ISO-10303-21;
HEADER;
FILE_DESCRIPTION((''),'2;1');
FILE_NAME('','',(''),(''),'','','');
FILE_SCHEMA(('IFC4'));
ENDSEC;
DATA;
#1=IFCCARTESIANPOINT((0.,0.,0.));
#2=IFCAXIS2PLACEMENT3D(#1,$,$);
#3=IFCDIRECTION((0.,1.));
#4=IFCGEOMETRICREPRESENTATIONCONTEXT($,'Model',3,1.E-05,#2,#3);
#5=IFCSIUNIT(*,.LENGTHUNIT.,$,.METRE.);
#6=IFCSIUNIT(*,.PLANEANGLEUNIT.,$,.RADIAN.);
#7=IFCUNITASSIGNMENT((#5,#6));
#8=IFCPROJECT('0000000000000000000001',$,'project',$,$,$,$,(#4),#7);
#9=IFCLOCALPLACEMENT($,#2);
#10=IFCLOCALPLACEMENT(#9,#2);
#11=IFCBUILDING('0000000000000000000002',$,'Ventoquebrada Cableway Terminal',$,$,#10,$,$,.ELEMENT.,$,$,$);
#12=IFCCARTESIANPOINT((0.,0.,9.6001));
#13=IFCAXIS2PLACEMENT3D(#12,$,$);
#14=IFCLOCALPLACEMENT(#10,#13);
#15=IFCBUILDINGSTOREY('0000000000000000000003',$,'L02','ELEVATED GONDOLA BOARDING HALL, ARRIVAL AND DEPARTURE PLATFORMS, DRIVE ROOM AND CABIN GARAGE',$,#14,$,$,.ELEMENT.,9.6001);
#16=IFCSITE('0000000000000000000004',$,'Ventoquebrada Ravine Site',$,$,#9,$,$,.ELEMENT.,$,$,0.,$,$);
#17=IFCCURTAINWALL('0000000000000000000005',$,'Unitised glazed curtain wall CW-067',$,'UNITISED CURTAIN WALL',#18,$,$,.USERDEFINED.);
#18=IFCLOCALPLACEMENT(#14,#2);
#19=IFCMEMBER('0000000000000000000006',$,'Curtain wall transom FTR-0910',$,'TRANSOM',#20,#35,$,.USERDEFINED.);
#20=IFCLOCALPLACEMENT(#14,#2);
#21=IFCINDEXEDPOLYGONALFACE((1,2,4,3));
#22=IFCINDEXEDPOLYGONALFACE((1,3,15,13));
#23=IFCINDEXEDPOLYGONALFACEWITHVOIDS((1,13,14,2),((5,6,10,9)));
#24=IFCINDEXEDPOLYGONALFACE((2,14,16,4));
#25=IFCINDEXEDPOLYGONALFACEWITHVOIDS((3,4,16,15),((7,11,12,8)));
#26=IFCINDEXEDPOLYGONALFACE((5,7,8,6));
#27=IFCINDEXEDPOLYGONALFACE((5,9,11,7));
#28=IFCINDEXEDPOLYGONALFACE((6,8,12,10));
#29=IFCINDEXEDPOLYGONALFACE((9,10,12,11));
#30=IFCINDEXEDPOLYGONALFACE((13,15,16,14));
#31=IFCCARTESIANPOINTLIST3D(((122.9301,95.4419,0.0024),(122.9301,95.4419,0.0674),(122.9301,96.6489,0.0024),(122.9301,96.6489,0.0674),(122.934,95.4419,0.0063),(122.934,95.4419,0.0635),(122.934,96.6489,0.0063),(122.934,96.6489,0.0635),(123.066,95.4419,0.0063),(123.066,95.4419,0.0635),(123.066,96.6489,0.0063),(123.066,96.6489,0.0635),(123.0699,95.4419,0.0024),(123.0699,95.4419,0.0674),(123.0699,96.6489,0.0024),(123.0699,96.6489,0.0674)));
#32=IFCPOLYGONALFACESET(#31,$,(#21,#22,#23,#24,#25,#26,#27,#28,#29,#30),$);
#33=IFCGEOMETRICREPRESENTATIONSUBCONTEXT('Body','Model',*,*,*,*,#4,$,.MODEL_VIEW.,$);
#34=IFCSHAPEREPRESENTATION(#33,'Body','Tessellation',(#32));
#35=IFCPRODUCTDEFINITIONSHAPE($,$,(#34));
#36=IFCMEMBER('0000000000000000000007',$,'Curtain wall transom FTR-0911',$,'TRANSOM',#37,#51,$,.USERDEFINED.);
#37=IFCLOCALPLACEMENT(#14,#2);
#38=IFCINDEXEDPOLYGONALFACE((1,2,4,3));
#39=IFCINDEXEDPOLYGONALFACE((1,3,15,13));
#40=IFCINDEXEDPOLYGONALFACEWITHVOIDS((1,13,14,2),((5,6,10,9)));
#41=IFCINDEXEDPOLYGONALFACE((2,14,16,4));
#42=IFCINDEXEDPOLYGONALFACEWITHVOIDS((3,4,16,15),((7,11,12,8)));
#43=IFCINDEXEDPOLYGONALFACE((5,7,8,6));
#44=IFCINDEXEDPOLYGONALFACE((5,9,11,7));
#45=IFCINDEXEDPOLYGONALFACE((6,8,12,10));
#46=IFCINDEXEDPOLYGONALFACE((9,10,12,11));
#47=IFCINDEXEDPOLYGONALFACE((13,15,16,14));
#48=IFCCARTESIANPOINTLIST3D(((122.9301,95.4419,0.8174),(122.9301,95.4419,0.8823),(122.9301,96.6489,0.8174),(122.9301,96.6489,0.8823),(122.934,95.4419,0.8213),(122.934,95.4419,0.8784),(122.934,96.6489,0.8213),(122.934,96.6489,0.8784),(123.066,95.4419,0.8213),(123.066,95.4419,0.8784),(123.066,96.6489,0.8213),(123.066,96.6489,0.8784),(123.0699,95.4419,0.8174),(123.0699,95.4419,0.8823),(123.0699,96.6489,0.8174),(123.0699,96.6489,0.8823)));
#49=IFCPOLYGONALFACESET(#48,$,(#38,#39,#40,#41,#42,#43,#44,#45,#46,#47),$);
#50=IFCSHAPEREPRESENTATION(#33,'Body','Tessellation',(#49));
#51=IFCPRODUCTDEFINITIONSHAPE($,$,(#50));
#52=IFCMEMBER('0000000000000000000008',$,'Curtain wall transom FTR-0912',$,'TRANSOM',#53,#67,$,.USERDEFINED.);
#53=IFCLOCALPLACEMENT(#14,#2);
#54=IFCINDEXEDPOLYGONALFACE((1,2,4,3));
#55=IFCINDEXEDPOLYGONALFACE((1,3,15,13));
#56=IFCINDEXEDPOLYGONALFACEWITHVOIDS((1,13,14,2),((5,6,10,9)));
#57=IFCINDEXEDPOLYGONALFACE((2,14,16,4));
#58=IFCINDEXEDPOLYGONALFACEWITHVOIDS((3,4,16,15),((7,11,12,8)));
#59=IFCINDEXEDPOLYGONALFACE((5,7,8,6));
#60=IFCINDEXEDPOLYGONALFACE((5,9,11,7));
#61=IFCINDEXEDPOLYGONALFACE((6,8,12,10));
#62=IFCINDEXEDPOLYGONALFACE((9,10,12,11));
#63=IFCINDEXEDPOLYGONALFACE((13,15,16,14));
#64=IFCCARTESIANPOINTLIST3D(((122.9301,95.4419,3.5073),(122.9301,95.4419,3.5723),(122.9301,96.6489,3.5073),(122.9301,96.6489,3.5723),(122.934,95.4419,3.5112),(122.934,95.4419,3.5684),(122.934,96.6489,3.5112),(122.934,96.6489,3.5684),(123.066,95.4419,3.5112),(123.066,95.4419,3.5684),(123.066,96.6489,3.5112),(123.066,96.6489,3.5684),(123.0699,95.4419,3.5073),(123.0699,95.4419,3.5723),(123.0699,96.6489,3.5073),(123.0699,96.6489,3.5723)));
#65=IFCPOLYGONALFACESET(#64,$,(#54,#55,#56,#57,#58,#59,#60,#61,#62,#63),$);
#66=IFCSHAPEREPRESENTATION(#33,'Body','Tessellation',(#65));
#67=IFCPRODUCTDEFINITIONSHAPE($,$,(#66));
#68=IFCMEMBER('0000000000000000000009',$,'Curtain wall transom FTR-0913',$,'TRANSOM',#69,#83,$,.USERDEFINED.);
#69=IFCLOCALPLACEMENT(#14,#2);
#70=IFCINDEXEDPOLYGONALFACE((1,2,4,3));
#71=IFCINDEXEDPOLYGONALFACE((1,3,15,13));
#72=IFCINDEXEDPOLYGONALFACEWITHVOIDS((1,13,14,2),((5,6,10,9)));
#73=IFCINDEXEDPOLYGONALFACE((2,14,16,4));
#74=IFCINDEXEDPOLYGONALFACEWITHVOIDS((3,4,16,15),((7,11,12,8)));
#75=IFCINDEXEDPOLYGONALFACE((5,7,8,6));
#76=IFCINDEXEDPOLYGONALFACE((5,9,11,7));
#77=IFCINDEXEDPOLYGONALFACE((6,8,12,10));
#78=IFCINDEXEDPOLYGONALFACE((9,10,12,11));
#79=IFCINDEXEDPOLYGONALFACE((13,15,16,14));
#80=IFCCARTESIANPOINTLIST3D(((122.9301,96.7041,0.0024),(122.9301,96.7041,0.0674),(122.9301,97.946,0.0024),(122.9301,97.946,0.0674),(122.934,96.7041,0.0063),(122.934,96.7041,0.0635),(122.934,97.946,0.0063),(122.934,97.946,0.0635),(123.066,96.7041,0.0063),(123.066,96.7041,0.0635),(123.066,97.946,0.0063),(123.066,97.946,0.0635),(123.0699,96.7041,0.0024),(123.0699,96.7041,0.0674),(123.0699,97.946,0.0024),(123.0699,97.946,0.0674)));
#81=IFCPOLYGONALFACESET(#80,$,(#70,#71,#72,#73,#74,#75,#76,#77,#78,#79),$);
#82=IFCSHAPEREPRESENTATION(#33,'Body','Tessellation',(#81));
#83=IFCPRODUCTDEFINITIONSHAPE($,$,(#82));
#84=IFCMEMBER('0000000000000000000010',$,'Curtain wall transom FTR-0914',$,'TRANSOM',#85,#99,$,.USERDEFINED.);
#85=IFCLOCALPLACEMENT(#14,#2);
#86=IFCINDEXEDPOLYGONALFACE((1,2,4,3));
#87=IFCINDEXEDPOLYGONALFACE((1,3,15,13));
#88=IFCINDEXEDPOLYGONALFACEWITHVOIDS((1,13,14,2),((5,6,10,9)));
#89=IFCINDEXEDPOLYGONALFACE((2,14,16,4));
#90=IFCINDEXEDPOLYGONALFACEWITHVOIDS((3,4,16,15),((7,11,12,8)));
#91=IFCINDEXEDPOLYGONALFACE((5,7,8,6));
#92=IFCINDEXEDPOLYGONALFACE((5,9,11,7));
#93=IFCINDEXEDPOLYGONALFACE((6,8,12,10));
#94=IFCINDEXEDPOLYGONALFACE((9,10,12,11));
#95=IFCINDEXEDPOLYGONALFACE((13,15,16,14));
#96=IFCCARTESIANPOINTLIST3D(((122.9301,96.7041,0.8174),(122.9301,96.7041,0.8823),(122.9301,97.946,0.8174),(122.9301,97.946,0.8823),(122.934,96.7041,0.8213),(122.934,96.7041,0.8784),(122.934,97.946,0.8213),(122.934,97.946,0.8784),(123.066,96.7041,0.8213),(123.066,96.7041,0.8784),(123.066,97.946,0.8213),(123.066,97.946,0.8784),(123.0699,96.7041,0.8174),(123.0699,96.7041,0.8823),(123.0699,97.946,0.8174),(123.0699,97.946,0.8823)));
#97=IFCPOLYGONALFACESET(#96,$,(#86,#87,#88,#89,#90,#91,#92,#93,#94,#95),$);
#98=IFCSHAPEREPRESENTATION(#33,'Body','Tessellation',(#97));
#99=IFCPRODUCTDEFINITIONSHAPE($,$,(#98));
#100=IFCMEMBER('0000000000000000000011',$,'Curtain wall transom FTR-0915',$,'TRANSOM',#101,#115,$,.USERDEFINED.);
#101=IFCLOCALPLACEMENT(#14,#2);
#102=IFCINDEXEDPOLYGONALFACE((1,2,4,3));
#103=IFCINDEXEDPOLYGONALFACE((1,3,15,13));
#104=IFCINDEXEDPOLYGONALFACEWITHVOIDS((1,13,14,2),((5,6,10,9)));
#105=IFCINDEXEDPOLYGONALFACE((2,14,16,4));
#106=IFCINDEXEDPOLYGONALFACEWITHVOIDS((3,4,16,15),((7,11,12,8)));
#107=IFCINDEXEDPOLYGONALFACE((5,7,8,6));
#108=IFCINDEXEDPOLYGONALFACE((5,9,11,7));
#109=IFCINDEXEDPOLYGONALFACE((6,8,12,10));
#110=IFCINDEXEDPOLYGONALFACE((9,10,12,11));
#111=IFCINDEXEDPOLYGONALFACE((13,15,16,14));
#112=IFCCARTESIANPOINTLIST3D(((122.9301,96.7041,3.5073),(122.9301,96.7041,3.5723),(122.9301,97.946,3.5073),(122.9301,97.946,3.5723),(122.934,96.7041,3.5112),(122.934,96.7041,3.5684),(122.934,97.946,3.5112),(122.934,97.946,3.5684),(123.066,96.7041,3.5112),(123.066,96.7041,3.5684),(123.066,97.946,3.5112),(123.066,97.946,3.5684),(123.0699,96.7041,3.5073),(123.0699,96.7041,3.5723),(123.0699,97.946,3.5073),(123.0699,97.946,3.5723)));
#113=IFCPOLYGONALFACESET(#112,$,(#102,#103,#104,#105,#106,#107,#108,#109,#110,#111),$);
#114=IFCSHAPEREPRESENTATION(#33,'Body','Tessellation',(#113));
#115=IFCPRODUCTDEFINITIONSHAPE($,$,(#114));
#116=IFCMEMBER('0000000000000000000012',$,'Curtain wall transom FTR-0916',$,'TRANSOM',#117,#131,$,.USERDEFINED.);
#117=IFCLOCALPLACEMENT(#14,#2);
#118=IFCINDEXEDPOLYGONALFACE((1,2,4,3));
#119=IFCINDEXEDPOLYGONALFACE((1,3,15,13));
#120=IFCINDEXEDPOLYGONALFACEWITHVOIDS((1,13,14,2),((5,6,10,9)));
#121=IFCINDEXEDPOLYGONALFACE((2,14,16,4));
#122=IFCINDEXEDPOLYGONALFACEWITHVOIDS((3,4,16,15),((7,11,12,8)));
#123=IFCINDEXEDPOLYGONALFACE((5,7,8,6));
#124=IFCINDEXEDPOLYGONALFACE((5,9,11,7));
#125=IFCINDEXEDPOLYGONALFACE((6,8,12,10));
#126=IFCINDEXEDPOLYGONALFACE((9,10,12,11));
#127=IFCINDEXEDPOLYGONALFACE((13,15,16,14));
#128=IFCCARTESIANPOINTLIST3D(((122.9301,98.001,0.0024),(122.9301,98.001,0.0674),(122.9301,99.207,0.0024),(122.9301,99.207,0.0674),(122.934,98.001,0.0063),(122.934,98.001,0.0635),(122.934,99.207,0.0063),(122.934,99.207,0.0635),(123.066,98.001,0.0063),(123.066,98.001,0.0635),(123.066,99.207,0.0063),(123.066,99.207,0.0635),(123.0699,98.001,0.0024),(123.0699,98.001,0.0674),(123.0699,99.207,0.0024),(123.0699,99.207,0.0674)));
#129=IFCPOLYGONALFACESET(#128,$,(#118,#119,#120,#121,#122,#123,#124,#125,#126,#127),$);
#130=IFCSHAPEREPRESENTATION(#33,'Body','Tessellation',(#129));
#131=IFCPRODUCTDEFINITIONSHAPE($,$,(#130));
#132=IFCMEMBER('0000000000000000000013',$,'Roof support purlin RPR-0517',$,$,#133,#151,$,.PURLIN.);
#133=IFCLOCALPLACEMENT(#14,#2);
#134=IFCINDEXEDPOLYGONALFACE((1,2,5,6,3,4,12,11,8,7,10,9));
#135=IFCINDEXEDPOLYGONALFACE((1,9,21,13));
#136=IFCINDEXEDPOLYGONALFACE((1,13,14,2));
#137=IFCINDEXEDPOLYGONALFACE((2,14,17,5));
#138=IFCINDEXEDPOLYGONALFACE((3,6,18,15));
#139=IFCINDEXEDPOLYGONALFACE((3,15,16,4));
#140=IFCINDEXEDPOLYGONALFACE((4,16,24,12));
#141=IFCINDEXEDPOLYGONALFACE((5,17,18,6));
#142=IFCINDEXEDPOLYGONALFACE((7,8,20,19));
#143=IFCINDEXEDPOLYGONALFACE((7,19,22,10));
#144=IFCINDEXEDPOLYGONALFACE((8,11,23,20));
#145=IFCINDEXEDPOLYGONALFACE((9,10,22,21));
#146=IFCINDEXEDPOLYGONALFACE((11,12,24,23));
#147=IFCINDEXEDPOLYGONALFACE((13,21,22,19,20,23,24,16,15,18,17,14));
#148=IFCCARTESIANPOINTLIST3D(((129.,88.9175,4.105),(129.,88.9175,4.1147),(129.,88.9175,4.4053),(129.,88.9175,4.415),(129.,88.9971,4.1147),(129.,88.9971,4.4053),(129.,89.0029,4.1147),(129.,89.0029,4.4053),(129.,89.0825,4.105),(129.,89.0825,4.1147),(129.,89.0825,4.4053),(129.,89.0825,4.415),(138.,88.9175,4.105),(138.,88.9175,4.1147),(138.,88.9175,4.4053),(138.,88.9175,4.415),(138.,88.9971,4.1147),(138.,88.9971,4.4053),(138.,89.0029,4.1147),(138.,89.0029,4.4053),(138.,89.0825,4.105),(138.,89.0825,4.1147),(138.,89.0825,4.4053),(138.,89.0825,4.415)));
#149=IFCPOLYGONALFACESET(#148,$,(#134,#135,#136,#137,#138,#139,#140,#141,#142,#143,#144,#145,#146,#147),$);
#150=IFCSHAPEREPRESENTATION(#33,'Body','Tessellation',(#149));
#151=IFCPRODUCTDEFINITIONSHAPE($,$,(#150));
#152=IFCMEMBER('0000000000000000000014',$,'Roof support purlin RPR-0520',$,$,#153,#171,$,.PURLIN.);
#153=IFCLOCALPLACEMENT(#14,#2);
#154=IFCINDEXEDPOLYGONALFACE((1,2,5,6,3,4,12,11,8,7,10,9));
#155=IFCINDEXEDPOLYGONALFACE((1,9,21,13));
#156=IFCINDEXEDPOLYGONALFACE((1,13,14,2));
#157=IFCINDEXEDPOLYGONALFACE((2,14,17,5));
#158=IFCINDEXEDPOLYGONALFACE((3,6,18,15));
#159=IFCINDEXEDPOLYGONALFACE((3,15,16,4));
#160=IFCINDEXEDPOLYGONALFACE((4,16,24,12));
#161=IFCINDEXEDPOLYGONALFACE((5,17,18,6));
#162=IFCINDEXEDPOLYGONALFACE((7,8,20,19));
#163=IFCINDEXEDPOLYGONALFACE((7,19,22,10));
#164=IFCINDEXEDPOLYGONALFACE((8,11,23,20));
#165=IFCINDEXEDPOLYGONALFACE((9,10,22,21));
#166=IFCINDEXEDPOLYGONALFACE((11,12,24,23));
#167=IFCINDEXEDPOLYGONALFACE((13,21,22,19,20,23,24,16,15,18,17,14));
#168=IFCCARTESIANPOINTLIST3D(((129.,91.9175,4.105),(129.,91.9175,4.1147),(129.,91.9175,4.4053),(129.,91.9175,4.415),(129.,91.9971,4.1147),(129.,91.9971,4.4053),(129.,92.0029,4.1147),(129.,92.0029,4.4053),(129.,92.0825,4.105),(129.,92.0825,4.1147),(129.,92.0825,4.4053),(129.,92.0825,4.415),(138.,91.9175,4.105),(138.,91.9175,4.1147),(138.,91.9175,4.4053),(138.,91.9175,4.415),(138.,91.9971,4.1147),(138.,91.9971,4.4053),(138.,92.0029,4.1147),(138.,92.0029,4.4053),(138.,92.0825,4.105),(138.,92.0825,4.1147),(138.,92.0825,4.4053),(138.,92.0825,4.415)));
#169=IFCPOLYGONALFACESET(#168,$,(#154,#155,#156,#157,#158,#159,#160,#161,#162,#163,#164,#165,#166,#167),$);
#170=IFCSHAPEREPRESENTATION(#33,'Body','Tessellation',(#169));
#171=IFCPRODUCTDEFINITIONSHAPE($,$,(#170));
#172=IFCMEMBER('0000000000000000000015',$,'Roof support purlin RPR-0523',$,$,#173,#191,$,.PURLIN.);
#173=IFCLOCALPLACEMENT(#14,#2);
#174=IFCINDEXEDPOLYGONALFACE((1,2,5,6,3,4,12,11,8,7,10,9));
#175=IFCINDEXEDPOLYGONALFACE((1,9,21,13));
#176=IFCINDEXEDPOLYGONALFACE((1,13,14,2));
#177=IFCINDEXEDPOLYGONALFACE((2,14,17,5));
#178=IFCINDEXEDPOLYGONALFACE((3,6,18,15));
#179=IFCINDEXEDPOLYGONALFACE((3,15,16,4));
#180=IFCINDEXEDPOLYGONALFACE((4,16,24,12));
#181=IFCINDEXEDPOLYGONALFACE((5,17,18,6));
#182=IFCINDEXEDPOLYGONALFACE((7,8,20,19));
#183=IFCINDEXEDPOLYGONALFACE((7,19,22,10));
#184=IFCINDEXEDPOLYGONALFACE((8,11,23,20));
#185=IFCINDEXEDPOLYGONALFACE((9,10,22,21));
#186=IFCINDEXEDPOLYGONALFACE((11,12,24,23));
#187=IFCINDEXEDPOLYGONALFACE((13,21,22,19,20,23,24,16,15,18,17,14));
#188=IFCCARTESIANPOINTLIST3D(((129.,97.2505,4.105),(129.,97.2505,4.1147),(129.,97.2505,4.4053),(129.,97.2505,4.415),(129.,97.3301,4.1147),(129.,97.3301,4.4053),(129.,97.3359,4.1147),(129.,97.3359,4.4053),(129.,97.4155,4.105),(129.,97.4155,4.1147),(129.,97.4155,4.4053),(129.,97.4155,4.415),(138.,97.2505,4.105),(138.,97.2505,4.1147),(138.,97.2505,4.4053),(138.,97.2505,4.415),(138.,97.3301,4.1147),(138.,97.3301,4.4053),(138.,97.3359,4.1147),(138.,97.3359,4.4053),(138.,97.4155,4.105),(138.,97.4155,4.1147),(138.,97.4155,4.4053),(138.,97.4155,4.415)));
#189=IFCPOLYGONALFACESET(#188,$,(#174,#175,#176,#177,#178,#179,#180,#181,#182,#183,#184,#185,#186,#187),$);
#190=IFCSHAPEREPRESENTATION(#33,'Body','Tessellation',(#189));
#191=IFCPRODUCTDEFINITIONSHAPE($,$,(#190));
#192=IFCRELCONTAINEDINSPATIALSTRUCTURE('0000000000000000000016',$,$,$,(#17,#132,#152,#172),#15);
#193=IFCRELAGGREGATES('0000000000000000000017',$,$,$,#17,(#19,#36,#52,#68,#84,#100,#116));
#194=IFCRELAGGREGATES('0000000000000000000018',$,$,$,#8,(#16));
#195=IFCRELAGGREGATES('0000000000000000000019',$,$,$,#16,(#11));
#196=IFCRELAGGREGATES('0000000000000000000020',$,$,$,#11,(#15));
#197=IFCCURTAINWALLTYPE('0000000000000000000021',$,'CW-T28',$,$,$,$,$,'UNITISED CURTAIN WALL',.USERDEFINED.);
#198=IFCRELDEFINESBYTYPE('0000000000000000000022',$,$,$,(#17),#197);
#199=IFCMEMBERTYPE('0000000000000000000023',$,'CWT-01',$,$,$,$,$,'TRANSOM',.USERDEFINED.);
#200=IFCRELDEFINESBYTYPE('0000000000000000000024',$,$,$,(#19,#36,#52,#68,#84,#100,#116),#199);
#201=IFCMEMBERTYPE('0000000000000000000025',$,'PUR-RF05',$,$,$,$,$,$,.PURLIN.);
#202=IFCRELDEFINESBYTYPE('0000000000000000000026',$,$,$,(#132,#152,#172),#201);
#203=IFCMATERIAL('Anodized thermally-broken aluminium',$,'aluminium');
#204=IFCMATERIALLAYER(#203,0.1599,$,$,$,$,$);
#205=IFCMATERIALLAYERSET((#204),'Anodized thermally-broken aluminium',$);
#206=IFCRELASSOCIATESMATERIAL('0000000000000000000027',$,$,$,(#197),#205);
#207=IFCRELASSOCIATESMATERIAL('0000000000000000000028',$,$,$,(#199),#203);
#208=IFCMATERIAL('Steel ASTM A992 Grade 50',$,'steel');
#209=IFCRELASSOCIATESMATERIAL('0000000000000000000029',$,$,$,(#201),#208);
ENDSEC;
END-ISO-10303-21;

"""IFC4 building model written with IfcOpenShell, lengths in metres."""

from ifc_helpers import new_model, si_unit, direction, frame, origin, origin_2d, place, context, subcontext, project, spatial, hollow_rectangle, i_section, extrude, material, layer, layer_set, material_profile, profile_set, type_object, element, aggregate, save


model = new_model("IFC4")

# Units and contexts
model_context = context("Model", 3, precision=1e-05, world=origin(), true_north=direction((0.0, 1.0)))
body_context = subcontext(model_context, "Body", "Model", "MODEL_VIEW")
ifc_project = project(units=[si_unit("LENGTHUNIT", "METRE"), si_unit("PLANEANGLEUNIT", "RADIAN")], contexts=[model_context])

# Site, building, storey
site_placement = place(None, origin())
site = spatial("IfcSite", under=ifc_project, at=site_placement, Name="Ventoquebrada Ravine Site", CompositionType="ELEMENT", RefElevation=0.0)
building_placement = place(site_placement, origin())
building = spatial("IfcBuilding", under=site, at=building_placement, Name="Ventoquebrada Cableway Terminal", CompositionType="ELEMENT")
storey_placement = place(building_placement, frame((0.0, 0.0, 9.6001)))
storey = spatial("IfcBuildingStorey", under=building, at=storey_placement, Name="L02", Description="ELEVATED GONDOLA BOARDING HALL, ARRIVAL AND DEPARTURE PLATFORMS, DRIVE ROOM AND CABIN GARAGE", CompositionType="ELEMENT", Elevation=9.6001)

# Shared definitions
ifc_material_1 = material(Name="Steel ASTM A992 Grade 50", Category="steel")

# Curtain wall, members
ifc_material_2 = material(Name="Anodized thermally-broken aluminium", Category="aluminium")
ifc_layer_1 = layer(ifc_material_2, 0.1599)
ifc_layer_set_1 = layer_set([ifc_layer_1], Name="Anodized thermally-broken aluminium")
curtain_wall_type = type_object("IfcCurtainWallType", Name="CW-T28", ElementType="UNITISED CURTAIN WALL", PredefinedType="USERDEFINED", material=ifc_layer_set_1)
curtain_wall_placement = place(storey_placement, origin())
curtain_wall = element("IfcCurtainWall", 1, at=curtain_wall_placement, inside=storey, type_object=curtain_wall_type, Name="Unitised glazed curtain wall CW-067", ObjectType="UNITISED CURTAIN WALL", PredefinedType="USERDEFINED")
ifc_material_profile_1 = material_profile(ifc_material_2, hollow_rectangle(XDim=0.0649, YDim=0.1399, WallThickness=0.0039, at=origin_2d()), Name="CW-TRN-65X140")
ifc_profile_set_1 = profile_set([ifc_material_profile_1], Name="Anodized thermally-broken aluminium")
member_type_1 = type_object("IfcMemberType", Name="CWT-01", ElementType="TRANSOM", PredefinedType="USERDEFINED", material=ifc_profile_set_1)
member_1_placement = place(storey_placement, frame((123.0, 95.4419, 0.0349), z_axis=(0.0, 1.0, 0.0), x_axis=(0.0, 0.0, 1.0)))
member_1 = element("IfcMember", 2, at=member_1_placement, type_object=member_type_1, Name="Curtain wall transom FTR-0910", ObjectType="TRANSOM", PredefinedType="USERDEFINED", context=body_context, shape_type="SweptSolid", body=[
    extrude(hollow_rectangle(XDim=0.0649, YDim=0.1399, WallThickness=0.0039, at=origin_2d()), origin(), (0.0, 0.0, 1.0), 1.207),
])
member_2_placement = place(storey_placement, frame((123.0, 95.4419, 0.8499), z_axis=(0.0, 1.0, 0.0), x_axis=(0.0, 0.0, 1.0)))
member_2 = element("IfcMember", 3, at=member_2_placement, type_object=member_type_1, Name="Curtain wall transom FTR-0911", ObjectType="TRANSOM", PredefinedType="USERDEFINED", context=body_context, shape_type="SweptSolid", body=[
    extrude(hollow_rectangle(XDim=0.0649, YDim=0.1399, WallThickness=0.0039, at=origin_2d()), origin(), (0.0, 0.0, 1.0), 1.207),
])
member_3_placement = place(storey_placement, frame((123.0, 95.4419, 3.5398), z_axis=(0.0, 1.0, 0.0), x_axis=(0.0, 0.0, 1.0)))
member_3 = element("IfcMember", 4, at=member_3_placement, type_object=member_type_1, Name="Curtain wall transom FTR-0912", ObjectType="TRANSOM", PredefinedType="USERDEFINED", context=body_context, shape_type="SweptSolid", body=[
    extrude(hollow_rectangle(XDim=0.0649, YDim=0.1399, WallThickness=0.0039, at=origin_2d()), origin(), (0.0, 0.0, 1.0), 1.207),
])
member_4_placement = place(storey_placement, frame((123.0, 96.7041, 0.0349), z_axis=(0.0, 1.0, 0.0), x_axis=(0.0, 0.0, 1.0)))
member_4 = element("IfcMember", 5, at=member_4_placement, type_object=member_type_1, Name="Curtain wall transom FTR-0913", ObjectType="TRANSOM", PredefinedType="USERDEFINED", context=body_context, shape_type="SweptSolid", body=[
    extrude(hollow_rectangle(XDim=0.0649, YDim=0.1399, WallThickness=0.0039, at=origin_2d()), origin(), (0.0, 0.0, 1.0), 1.2419),
])
member_5_placement = place(storey_placement, frame((123.0, 96.7041, 0.8499), z_axis=(0.0, 1.0, 0.0), x_axis=(0.0, 0.0, 1.0)))
member_5 = element("IfcMember", 6, at=member_5_placement, type_object=member_type_1, Name="Curtain wall transom FTR-0914", ObjectType="TRANSOM", PredefinedType="USERDEFINED", context=body_context, shape_type="SweptSolid", body=[
    extrude(hollow_rectangle(XDim=0.0649, YDim=0.1399, WallThickness=0.0039, at=origin_2d()), origin(), (0.0, 0.0, 1.0), 1.2419),
])
member_6_placement = place(storey_placement, frame((123.0, 96.7041, 3.5398), z_axis=(0.0, 1.0, 0.0), x_axis=(0.0, 0.0, 1.0)))
member_6 = element("IfcMember", 7, at=member_6_placement, type_object=member_type_1, Name="Curtain wall transom FTR-0915", ObjectType="TRANSOM", PredefinedType="USERDEFINED", context=body_context, shape_type="SweptSolid", body=[
    extrude(hollow_rectangle(XDim=0.0649, YDim=0.1399, WallThickness=0.0039, at=origin_2d()), origin(), (0.0, 0.0, 1.0), 1.2419),
])
member_7_placement = place(storey_placement, frame((123.0, 98.001, 0.0349), z_axis=(0.0, 1.0, 0.0), x_axis=(0.0, 0.0, 1.0)))
member_7 = element("IfcMember", 8, at=member_7_placement, type_object=member_type_1, Name="Curtain wall transom FTR-0916", ObjectType="TRANSOM", PredefinedType="USERDEFINED", context=body_context, shape_type="SweptSolid", body=[
    extrude(hollow_rectangle(XDim=0.0649, YDim=0.1399, WallThickness=0.0039, at=origin_2d()), origin(), (0.0, 0.0, 1.0), 1.2061),
])

# Members
ifc_material_profile_2 = material_profile(ifc_material_1, i_section(OverallWidth=0.165, OverallDepth=0.3101, WebThickness=0.0059, FlangeThickness=0.0098, at=origin_2d()), Name="W12X26")
ifc_profile_set_2 = profile_set([ifc_material_profile_2], Name="Steel ASTM A992 Grade 50")
member_type_2 = type_object("IfcMemberType", Name="PUR-RF05", PredefinedType="PURLIN", material=ifc_profile_set_2)
for number, where, z_axis, x_axis, name in (
    (9, (129.0, 89.0, 4.26), (1.0, 0.0, 0.0), (0.0, 1.0, 0.0), "Roof support purlin RPR-0517"),
    (10, (129.0, 92.0, 4.26), (1.0, 0.0, 0.0), (0.0, 1.0, 0.0), "Roof support purlin RPR-0520"),
    (11, (129.0, 97.333, 4.26), (1.0, 0.0, 0.0), (0.0, 1.0, 0.0), "Roof support purlin RPR-0523"),
):
    element("IfcMember", number, at=place(storey_placement, frame(where, z_axis=z_axis, x_axis=x_axis)), inside=storey, type_object=member_type_2, Name=name, PredefinedType="PURLIN", context=body_context, shape_type="SweptSolid", body=[
        extrude(i_section(OverallWidth=0.165, OverallDepth=0.3101, WebThickness=0.0059, FlangeThickness=0.0098, at=origin_2d()), origin(), (0.0, 0.0, 1.0), 9.0),
    ])

aggregate(curtain_wall, [member_1, member_2, member_3, member_4, member_5, member_6, member_7])

save(model, "model.ifc")
